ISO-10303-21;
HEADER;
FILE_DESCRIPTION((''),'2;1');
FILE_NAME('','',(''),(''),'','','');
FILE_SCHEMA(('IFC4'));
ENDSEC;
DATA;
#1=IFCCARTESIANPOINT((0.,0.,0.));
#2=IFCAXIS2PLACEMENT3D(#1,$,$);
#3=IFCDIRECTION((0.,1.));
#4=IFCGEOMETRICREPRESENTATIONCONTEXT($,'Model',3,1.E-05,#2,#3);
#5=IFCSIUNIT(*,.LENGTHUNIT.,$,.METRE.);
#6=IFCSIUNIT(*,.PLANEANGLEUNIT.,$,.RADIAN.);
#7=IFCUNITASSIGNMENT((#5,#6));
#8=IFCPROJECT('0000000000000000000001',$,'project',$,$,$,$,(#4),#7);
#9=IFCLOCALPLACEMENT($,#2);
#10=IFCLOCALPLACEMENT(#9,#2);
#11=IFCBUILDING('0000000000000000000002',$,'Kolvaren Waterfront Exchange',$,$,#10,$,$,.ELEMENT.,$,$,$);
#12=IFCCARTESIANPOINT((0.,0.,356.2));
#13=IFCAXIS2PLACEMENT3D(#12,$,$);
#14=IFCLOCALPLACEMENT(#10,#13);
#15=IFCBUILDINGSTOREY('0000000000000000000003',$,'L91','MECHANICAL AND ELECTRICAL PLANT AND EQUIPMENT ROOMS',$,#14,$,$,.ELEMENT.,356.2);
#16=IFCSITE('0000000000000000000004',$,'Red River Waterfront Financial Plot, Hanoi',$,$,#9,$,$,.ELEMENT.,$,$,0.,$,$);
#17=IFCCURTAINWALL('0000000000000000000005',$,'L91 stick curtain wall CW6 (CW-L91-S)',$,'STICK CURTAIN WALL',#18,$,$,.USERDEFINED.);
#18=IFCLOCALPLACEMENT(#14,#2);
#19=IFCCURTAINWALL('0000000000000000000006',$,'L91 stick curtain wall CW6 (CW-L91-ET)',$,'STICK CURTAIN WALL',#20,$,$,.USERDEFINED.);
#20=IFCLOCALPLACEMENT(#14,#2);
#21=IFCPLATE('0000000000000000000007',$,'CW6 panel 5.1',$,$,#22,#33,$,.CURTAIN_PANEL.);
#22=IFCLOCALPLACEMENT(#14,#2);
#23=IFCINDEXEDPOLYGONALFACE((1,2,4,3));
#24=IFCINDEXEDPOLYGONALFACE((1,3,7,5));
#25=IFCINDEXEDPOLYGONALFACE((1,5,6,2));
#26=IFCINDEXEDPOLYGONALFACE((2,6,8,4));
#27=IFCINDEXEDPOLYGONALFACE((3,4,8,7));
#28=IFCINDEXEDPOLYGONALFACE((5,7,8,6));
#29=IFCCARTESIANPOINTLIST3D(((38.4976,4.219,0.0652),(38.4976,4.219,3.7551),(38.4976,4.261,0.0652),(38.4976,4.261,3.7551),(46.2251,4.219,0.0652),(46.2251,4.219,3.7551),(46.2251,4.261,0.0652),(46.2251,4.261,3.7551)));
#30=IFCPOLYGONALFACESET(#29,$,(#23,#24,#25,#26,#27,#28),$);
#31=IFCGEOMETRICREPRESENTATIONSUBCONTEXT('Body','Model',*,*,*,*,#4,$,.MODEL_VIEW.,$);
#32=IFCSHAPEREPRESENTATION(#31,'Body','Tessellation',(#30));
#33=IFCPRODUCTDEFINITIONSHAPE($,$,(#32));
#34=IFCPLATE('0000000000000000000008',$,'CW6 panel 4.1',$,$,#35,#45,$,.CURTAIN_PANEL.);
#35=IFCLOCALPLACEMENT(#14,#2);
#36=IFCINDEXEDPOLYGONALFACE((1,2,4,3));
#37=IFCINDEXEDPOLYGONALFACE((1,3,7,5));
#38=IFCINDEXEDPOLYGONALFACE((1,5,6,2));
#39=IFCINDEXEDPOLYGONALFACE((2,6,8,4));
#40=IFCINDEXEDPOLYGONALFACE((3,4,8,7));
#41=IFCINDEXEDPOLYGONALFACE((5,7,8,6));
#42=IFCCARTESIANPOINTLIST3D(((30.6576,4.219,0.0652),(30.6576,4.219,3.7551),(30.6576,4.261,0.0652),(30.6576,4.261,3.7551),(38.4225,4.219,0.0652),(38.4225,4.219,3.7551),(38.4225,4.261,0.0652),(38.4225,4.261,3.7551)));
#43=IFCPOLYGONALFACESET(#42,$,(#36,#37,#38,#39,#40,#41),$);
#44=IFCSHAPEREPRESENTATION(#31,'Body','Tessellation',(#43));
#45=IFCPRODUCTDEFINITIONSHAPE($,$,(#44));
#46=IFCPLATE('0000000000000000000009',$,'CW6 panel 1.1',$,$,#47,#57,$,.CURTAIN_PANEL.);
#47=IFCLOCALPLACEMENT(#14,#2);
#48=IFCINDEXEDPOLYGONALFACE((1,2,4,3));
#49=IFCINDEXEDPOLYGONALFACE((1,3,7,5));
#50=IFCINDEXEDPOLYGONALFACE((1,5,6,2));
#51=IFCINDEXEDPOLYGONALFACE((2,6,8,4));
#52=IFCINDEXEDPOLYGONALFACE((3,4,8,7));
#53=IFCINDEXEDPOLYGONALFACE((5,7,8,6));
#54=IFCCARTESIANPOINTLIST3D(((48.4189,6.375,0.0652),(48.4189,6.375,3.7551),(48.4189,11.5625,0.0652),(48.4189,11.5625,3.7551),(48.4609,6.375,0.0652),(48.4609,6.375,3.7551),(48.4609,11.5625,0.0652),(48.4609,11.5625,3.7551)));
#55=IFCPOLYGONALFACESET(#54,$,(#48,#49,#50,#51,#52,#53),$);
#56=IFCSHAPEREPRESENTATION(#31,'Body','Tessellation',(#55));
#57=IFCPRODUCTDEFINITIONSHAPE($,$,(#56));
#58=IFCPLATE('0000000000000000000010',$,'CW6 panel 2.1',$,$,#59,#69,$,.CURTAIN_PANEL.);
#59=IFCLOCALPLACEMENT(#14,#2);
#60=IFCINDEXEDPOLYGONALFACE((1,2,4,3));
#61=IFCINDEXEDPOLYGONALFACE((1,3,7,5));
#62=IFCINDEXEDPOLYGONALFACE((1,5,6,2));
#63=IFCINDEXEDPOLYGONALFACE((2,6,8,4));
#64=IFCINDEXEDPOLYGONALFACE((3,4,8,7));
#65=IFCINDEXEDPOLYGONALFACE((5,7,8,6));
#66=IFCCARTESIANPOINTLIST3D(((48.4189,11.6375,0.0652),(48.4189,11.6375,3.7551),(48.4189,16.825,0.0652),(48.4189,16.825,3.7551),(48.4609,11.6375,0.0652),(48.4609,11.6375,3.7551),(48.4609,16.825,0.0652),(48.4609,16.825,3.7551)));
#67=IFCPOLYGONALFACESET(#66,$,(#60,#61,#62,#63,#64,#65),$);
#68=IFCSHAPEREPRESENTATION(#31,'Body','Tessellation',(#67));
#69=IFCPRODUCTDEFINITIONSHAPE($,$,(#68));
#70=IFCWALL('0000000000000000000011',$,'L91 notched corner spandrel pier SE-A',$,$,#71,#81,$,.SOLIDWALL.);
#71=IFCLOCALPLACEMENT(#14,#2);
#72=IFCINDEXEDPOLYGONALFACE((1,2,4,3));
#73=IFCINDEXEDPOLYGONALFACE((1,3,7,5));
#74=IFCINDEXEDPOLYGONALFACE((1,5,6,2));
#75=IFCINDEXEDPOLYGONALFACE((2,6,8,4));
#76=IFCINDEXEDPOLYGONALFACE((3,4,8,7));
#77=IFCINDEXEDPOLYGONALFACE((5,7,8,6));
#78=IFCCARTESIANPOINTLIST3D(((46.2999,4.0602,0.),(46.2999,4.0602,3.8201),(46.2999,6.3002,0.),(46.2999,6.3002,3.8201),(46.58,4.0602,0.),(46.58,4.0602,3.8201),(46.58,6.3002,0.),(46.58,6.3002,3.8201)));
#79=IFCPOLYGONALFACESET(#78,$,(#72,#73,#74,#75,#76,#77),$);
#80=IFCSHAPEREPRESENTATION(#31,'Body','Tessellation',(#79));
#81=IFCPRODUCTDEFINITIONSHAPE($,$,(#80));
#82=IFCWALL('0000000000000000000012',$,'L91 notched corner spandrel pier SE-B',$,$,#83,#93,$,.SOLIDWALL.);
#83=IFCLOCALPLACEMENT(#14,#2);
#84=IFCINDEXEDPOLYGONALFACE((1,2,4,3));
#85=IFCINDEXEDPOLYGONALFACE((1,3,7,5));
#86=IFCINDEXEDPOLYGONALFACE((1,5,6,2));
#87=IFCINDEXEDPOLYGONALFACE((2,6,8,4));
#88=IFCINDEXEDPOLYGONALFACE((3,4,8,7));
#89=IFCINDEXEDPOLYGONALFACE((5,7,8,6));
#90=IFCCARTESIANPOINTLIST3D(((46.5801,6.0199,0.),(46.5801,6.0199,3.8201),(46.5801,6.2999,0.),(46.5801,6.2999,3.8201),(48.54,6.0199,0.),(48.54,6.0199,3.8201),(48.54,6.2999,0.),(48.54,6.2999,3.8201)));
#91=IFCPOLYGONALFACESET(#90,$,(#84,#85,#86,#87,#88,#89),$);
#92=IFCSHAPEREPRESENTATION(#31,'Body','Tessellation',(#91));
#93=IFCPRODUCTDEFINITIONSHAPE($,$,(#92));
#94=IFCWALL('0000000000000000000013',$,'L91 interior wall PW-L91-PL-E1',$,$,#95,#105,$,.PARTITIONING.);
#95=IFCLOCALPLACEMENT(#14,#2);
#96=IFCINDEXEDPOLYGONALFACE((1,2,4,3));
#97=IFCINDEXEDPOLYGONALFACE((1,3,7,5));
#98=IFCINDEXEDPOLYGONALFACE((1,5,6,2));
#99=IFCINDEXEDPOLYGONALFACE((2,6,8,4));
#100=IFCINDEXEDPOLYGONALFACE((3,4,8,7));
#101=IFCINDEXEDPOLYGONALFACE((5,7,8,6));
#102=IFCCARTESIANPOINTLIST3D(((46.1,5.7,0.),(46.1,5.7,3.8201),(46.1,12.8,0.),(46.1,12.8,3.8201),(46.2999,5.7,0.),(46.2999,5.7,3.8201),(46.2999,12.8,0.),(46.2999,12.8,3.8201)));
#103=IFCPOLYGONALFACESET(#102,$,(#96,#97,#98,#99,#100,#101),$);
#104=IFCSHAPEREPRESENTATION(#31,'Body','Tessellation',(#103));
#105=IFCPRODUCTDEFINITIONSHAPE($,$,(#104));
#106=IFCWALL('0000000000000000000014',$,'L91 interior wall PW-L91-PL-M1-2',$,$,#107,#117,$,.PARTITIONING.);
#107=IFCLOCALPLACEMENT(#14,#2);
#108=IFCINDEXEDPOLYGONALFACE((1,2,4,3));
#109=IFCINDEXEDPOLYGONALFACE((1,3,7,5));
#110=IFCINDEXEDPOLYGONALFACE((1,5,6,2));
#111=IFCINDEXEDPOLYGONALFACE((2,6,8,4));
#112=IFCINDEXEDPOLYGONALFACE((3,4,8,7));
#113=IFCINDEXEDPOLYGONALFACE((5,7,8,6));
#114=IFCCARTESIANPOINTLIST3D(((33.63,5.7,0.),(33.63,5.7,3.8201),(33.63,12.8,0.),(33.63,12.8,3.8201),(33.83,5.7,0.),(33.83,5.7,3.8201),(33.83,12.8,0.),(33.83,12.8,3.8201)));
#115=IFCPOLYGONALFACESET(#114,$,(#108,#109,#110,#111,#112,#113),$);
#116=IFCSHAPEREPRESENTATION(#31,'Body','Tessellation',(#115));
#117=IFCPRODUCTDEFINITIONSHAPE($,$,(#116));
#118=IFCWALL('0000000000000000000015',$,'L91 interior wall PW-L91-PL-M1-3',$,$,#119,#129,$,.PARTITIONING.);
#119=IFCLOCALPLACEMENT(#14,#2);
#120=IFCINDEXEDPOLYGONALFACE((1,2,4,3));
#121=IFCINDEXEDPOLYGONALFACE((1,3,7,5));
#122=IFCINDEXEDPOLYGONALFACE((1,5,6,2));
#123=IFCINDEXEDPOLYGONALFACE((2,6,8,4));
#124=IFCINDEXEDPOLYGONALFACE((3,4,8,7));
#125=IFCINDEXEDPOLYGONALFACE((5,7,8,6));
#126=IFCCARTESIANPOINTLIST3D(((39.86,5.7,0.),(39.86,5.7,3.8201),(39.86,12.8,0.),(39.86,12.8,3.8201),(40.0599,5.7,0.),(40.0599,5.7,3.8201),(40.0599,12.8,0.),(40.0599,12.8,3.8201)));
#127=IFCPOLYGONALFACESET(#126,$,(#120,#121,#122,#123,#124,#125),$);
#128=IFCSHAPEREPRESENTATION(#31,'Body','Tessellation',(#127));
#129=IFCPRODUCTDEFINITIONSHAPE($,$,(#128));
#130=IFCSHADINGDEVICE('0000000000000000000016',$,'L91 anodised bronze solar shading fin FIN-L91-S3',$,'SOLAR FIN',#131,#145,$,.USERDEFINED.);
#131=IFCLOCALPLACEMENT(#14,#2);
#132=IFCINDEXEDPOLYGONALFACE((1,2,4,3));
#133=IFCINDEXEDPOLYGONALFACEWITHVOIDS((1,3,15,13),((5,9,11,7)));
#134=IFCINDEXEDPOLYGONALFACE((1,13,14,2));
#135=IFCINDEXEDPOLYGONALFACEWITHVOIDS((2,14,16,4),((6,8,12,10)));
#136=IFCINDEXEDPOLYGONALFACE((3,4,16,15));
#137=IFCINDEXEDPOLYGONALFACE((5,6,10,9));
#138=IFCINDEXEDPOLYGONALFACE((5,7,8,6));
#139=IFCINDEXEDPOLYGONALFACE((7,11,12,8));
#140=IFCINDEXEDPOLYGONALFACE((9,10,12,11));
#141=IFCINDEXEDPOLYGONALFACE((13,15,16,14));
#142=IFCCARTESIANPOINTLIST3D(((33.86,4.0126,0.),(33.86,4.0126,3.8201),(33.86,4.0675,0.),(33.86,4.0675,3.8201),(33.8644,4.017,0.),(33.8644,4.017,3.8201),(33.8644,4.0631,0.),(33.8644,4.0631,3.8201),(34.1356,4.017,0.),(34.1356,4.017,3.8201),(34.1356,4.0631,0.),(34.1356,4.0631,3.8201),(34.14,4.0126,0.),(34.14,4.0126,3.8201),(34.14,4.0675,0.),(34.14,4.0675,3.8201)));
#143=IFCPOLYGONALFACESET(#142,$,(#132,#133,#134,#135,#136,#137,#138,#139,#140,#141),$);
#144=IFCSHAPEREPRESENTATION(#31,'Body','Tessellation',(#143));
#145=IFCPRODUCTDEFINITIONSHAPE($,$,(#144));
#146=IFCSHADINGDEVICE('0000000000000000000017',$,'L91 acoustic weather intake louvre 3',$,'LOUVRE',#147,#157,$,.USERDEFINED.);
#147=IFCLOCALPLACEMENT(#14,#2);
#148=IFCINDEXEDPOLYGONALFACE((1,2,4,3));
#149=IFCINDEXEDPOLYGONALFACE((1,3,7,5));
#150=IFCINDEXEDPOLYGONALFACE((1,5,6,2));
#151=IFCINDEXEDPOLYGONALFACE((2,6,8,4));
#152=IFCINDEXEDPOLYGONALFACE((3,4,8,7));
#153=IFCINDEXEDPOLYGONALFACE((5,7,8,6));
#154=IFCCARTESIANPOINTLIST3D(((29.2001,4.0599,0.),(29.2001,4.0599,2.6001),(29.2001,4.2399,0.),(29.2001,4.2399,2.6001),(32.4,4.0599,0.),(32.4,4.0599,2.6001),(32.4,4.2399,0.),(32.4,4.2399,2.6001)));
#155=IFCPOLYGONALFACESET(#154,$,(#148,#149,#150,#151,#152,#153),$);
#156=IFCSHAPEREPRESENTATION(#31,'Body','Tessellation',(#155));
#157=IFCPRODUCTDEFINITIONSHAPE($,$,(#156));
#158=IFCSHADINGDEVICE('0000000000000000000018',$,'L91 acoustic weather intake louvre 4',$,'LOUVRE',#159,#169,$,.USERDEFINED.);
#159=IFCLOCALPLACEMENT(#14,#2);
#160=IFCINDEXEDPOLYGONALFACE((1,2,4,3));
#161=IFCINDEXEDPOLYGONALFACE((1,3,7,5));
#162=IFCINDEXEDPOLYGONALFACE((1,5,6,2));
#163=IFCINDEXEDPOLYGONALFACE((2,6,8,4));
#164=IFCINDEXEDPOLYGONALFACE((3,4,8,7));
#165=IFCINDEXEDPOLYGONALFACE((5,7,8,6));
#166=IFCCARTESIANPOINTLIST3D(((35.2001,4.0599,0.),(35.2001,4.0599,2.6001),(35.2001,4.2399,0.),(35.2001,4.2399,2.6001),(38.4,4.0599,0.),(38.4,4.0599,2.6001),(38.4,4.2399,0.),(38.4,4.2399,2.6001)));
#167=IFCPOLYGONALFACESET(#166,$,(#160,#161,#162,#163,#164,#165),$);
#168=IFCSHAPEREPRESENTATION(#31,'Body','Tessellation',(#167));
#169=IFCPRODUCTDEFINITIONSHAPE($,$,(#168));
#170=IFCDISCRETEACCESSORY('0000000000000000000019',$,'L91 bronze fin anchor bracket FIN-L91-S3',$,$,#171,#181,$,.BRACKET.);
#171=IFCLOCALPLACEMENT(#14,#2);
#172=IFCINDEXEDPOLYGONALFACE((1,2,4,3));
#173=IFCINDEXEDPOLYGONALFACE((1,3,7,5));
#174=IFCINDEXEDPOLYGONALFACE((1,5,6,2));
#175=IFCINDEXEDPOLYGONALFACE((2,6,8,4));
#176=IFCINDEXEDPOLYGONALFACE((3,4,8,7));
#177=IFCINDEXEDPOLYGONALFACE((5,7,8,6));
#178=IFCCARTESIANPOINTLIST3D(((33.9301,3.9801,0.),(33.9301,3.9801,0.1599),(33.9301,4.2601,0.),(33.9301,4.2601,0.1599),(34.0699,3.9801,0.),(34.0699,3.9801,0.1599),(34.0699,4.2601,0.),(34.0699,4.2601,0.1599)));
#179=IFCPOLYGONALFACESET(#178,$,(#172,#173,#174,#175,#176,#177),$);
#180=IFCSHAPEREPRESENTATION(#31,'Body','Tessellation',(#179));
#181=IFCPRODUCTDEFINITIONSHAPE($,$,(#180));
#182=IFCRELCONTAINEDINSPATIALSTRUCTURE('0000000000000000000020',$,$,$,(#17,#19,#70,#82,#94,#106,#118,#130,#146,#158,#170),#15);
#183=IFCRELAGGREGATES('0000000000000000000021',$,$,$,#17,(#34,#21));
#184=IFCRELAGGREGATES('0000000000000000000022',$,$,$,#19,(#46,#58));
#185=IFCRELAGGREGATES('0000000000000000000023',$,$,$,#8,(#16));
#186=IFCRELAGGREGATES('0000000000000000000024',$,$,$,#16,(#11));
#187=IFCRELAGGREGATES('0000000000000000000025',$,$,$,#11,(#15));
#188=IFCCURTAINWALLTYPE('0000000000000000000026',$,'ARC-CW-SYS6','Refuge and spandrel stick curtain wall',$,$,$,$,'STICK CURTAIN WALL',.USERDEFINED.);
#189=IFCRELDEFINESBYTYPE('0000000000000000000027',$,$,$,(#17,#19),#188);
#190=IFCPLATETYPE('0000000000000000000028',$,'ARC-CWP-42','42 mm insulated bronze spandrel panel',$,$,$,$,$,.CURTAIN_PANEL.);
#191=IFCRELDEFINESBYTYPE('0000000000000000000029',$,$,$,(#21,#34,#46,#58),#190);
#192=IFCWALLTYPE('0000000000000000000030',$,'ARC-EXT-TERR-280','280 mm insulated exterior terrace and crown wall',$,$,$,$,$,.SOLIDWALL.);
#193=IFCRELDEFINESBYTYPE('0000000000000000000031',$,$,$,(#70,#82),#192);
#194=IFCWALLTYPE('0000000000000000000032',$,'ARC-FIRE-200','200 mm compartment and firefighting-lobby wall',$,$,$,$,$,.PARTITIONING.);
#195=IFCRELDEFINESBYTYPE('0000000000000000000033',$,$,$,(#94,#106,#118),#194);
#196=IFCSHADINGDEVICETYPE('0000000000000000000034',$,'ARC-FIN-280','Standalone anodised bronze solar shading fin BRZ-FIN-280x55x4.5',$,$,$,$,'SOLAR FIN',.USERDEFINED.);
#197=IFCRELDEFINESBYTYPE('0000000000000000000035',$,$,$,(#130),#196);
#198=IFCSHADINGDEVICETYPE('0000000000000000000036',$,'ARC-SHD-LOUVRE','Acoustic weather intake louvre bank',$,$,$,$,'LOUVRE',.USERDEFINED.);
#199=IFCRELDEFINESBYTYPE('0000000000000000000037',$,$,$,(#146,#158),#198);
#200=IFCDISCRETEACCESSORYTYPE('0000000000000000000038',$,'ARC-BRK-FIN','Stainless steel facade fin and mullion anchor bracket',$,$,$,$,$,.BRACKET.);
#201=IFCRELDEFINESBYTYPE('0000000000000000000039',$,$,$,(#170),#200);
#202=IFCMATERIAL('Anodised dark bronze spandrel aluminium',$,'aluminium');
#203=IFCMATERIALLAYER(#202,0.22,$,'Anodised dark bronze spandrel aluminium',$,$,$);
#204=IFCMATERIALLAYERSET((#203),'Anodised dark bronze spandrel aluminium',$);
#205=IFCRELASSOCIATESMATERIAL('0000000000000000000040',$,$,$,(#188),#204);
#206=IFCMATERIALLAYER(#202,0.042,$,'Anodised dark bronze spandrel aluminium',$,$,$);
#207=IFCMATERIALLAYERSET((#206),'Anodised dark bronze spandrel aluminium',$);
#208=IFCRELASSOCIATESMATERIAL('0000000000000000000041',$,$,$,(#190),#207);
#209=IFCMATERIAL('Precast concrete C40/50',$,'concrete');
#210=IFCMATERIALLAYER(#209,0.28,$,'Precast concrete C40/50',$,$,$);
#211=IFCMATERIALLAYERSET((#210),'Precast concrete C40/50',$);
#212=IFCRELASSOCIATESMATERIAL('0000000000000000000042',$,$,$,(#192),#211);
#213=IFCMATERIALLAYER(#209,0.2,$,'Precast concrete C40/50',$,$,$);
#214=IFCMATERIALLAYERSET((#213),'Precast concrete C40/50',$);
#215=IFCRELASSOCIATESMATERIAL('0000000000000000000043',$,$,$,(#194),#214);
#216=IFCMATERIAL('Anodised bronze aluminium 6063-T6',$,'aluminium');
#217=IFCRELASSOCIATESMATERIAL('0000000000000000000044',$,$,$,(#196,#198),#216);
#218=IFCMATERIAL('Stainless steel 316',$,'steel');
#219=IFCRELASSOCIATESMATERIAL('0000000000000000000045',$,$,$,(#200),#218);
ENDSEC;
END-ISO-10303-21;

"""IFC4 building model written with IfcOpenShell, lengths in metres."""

from ifc_helpers import new_model, si_unit, direction, frame, frame_2d, origin, origin_with_axes, origin_2d, place, context, subcontext, project, spatial, rectangle, hollow_rectangle, extrude, source, transform, mapped, material, layer, layer_set, material_profile, profile_set, type_object, element, aggregate, save


model = new_model("IFC4")

# Units and contexts
model_context = context("Model", 3, precision=1e-05, world=origin(), true_north=direction((0.0, 1.0)))
body_context = subcontext(model_context, "Body", "Model", "MODEL_VIEW")
ifc_project = project(units=[si_unit("LENGTHUNIT", "METRE"), si_unit("PLANEANGLEUNIT", "RADIAN")], contexts=[model_context])

# Site, building, storey
site_placement = place(None, origin())
site = spatial("IfcSite", under=ifc_project, at=site_placement, Name="Red River Waterfront Financial Plot, Hanoi", CompositionType="ELEMENT", RefElevation=0.0)
building_placement = place(site_placement, origin())
building = spatial("IfcBuilding", under=site, at=building_placement, Name="Kolvaren Waterfront Exchange", CompositionType="ELEMENT")
storey_placement = place(building_placement, frame((0.0, 0.0, 356.2)))
storey = spatial("IfcBuildingStorey", under=building, at=storey_placement, Name="L91", Description="MECHANICAL AND ELECTRICAL PLANT AND EQUIPMENT ROOMS", CompositionType="ELEMENT", Elevation=356.2)

# Curtain walls
ifc_material_1 = material(Name="Anodised dark bronze spandrel aluminium", Category="aluminium")
ifc_layer_1 = layer(ifc_material_1, 0.22, Name="Anodised dark bronze spandrel aluminium")
ifc_layer_set_1 = layer_set([ifc_layer_1], Name="Anodised dark bronze spandrel aluminium")
curtain_wall_type = type_object("IfcCurtainWallType", Name="ARC-CW-SYS6", Description="Refuge and spandrel stick curtain wall", ElementType="STICK CURTAIN WALL", PredefinedType="USERDEFINED", material=ifc_layer_set_1)
curtain_wall_1_placement = place(storey_placement, origin())
curtain_wall_1 = element("IfcCurtainWall", 1, at=curtain_wall_1_placement, inside=storey, type_object=curtain_wall_type, Name="L91 stick curtain wall CW6 (CW-L91-S)", ObjectType="STICK CURTAIN WALL", PredefinedType="USERDEFINED")
ifc_material_2 = material(Name="Anodised bronze aluminium 6063-T6", Category="aluminium")
curtain_wall_2_placement = place(storey_placement, origin())
curtain_wall_2 = element("IfcCurtainWall", 2, at=curtain_wall_2_placement, inside=storey, type_object=curtain_wall_type, Name="L91 stick curtain wall CW6 (CW-L91-ET)", ObjectType="STICK CURTAIN WALL", PredefinedType="USERDEFINED")

# Plates
ifc_layer_2 = layer(ifc_material_1, 0.042, Name="Anodised dark bronze spandrel aluminium")
ifc_layer_set_2 = layer_set([ifc_layer_2], Name="Anodised dark bronze spandrel aluminium")
plate_type = type_object("IfcPlateType", Name="ARC-CWP-42", Description="42 mm insulated bronze spandrel panel", PredefinedType="CURTAIN_PANEL", material=ifc_layer_set_2)
shared_shape_1 = source(origin_with_axes(), body_context, "Body", "SweptSolid", [
    extrude(rectangle(XDim=7.7275, YDim=0.042, at=origin_2d()), origin(), (0.0, 0.0, 1.0), 3.6899),
])
plate_1_placement = place(storey_placement, frame((42.3613, 4.24, 0.0652), z_axis=(0.0, 0.0, 1.0), x_axis=(1.0, 0.0, 0.0)))
plate_1 = element("IfcPlate", 3, at=plate_1_placement, type_object=plate_type, Name="CW6 panel 5.1", PredefinedType="CURTAIN_PANEL", context=body_context, shape_type="MappedRepresentation", body=[
    mapped(shared_shape_1, transform((0.0, 0.0, 0.0), x_axis=(1.0, 0.0, 0.0), y_axis=(0.0, 1.0, 0.0), z_axis=(0.0, 0.0, 1.0), scale=1.0)),
])
shared_shape_2 = source(origin_with_axes(), body_context, "Body", "SweptSolid", [
    extrude(rectangle(XDim=7.7649, YDim=0.042, at=origin_2d()), origin(), (0.0, 0.0, 1.0), 3.6899),
])
plate_2_placement = place(storey_placement, frame((34.54, 4.24, 0.0652), z_axis=(0.0, 0.0, 1.0), x_axis=(1.0, 0.0, 0.0)))
plate_2 = element("IfcPlate", 4, at=plate_2_placement, type_object=plate_type, Name="CW6 panel 4.1", PredefinedType="CURTAIN_PANEL", context=body_context, shape_type="MappedRepresentation", body=[
    mapped(shared_shape_2, transform((0.0, 0.0, 0.0), x_axis=(1.0, 0.0, 0.0), y_axis=(0.0, 1.0, 0.0), z_axis=(0.0, 0.0, 1.0), scale=1.0)),
])
aggregate(curtain_wall_1, [plate_2, plate_1])
shared_shape_3 = source(origin_with_axes(), body_context, "Body", "SweptSolid", [
    extrude(rectangle(XDim=5.1875, YDim=0.042, at=origin_2d()), origin(), (0.0, 0.0, 1.0), 3.6899),
])
plate_3_placement = place(storey_placement, frame((48.4399, 8.9688, 0.0652), z_axis=(0.0, 0.0, 1.0), x_axis=(0.0, 1.0, 0.0)))
plate_3 = element("IfcPlate", 5, at=plate_3_placement, type_object=plate_type, Name="CW6 panel 1.1", PredefinedType="CURTAIN_PANEL", context=body_context, shape_type="MappedRepresentation", body=[
    mapped(shared_shape_3, transform((0.0, 0.0, 0.0), x_axis=(1.0, 0.0, 0.0), y_axis=(0.0, 1.0, 0.0), z_axis=(0.0, 0.0, 1.0), scale=1.0)),
])
plate_4_placement = place(storey_placement, frame((48.4399, 14.2312, 0.0652), z_axis=(0.0, 0.0, 1.0), x_axis=(0.0, 1.0, 0.0)))
plate_4 = element("IfcPlate", 6, at=plate_4_placement, type_object=plate_type, Name="CW6 panel 2.1", PredefinedType="CURTAIN_PANEL", context=body_context, shape_type="MappedRepresentation", body=[
    mapped(shared_shape_3, transform((0.0, 0.0, 0.0), x_axis=(1.0, 0.0, 0.0), y_axis=(0.0, 1.0, 0.0), z_axis=(0.0, 0.0, 1.0), scale=1.0)),
])
aggregate(curtain_wall_2, [plate_3, plate_4])

# Walls
ifc_material_3 = material(Name="Precast concrete C40/50", Category="concrete")
ifc_layer_3 = layer(ifc_material_3, 0.28, Name="Precast concrete C40/50")
ifc_layer_set_3 = layer_set([ifc_layer_3], Name="Precast concrete C40/50")
wall_type_1 = type_object("IfcWallType", Name="ARC-EXT-TERR-280", Description="280 mm insulated exterior terrace and crown wall", PredefinedType="SOLIDWALL", material=ifc_layer_set_3)
wall_1_placement = place(storey_placement, frame((46.4399, 4.0601, 0.0), z_axis=(0.0, 0.0, 1.0), x_axis=(0.0, 1.0, 0.0)))
element("IfcWall", 7, at=wall_1_placement, inside=storey, type_object=wall_type_1, Name="L91 notched corner spandrel pier SE-A", PredefinedType="SOLIDWALL", context=body_context, shape_type="SweptSolid", body=[
    extrude(rectangle(XDim=2.24, YDim=0.28, at=frame_2d((1.1201, 0.0))), origin(), (0.0, 0.0, 1.0), 3.8201),
])
wall_2_placement = place(storey_placement, frame((46.5801, 6.1599, 0.0), z_axis=(0.0, 0.0, 1.0), x_axis=(1.0, 0.0, 0.0)))
element("IfcWall", 8, at=wall_2_placement, inside=storey, type_object=wall_type_1, Name="L91 notched corner spandrel pier SE-B", PredefinedType="SOLIDWALL", context=body_context, shape_type="SweptSolid", body=[
    extrude(rectangle(XDim=1.96, YDim=0.28, at=frame_2d((0.98, 0.0))), origin(), (0.0, 0.0, 1.0), 3.8201),
])
ifc_layer_4 = layer(ifc_material_3, 0.2, Name="Precast concrete C40/50")
ifc_layer_set_4 = layer_set([ifc_layer_4], Name="Precast concrete C40/50")
wall_type_2 = type_object("IfcWallType", Name="ARC-FIRE-200", Description="200 mm compartment and firefighting-lobby wall", PredefinedType="PARTITIONING", material=ifc_layer_set_4)
for number, where, z_axis, x_axis, name in (
    (9, (46.2, 5.7, 0.0), (0.0, 0.0, 1.0), (0.0, 1.0, 0.0), "L91 interior wall PW-L91-PL-E1"),
    (10, (33.73, 5.7, 0.0), (0.0, 0.0, 1.0), (0.0, 1.0, 0.0), "L91 interior wall PW-L91-PL-M1-2"),
    (11, (39.96, 5.7, 0.0), (0.0, 0.0, 1.0), (0.0, 1.0, 0.0), "L91 interior wall PW-L91-PL-M1-3"),
):
    element("IfcWall", number, at=place(storey_placement, frame(where, z_axis=z_axis, x_axis=x_axis)), inside=storey, type_object=wall_type_2, Name=name, PredefinedType="PARTITIONING", context=body_context, shape_type="SweptSolid", body=[
        extrude(rectangle(XDim=7.1001, YDim=0.2, at=frame_2d((3.55, 0.0))), origin(), (0.0, 0.0, 1.0), 3.8201),
    ])

# Shading devices
ifc_material_profile_1 = material_profile(ifc_material_2, hollow_rectangle(XDim=0.0549, YDim=0.28, WallThickness=0.0044, at=origin_2d()), Name="BRZ-FIN-280x55x4.5")
ifc_profile_set_1 = profile_set([ifc_material_profile_1], Name="Anodised bronze aluminium 6063-T6")
shading_device_type_1 = type_object("IfcShadingDeviceType", Name="ARC-FIN-280", Description="Standalone anodised bronze solar shading fin BRZ-FIN-280x55x4.5", ElementType="SOLAR FIN", PredefinedType="USERDEFINED", material=ifc_profile_set_1)
shading_device_placement = place(storey_placement, frame((34.0, 4.04, 0.0), z_axis=(0.0, 0.0, 1.0), x_axis=(0.0, -1.0, 0.0)))
element("IfcShadingDevice", 12, at=shading_device_placement, inside=storey, type_object=shading_device_type_1, Name="L91 anodised bronze solar shading fin FIN-L91-S3", ObjectType="SOLAR FIN", PredefinedType="USERDEFINED", context=body_context, shape_type="SweptSolid", body=[
    extrude(hollow_rectangle(XDim=0.0549, YDim=0.28, WallThickness=0.0044, at=origin_2d()), origin(), (0.0, 0.0, 1.0), 3.8201),
])
shading_device_type_2 = type_object("IfcShadingDeviceType", Name="ARC-SHD-LOUVRE", Description="Acoustic weather intake louvre bank", ElementType="LOUVRE", PredefinedType="USERDEFINED", material=ifc_material_2)
shared_shape_4 = source(origin_with_axes(), body_context, "Body", "SweptSolid", [
    extrude(rectangle(XDim=3.2, YDim=0.1799, at=origin_2d()), origin(), (0.0, 0.0, 1.0), 2.6001),
])
for number, where, z_axis, x_axis, name in (
    (13, (30.8, 4.1499, 0.0), (0.0, 0.0, 1.0), (1.0, 0.0, 0.0), "L91 acoustic weather intake louvre 3"),
    (14, (36.8, 4.1499, 0.0), (0.0, 0.0, 1.0), (1.0, 0.0, 0.0), "L91 acoustic weather intake louvre 4"),
):
    element("IfcShadingDevice", number, at=place(storey_placement, frame(where, z_axis=z_axis, x_axis=x_axis)), inside=storey, type_object=shading_device_type_2, Name=name, ObjectType="LOUVRE", PredefinedType="USERDEFINED", context=body_context, shape_type="MappedRepresentation", body=[
        mapped(shared_shape_4, transform((0.0, 0.0, 0.0), x_axis=(1.0, 0.0, 0.0), y_axis=(0.0, 1.0, 0.0), z_axis=(0.0, 0.0, 1.0), scale=1.0)),
    ])

# Discrete accessory
ifc_material_4 = material(Name="Stainless steel 316", Category="steel")
discrete_accessory_type = type_object("IfcDiscreteAccessoryType", Name="ARC-BRK-FIN", Description="Stainless steel facade fin and mullion anchor bracket", PredefinedType="BRACKET", material=ifc_material_4)
shared_shape_5 = source(origin_with_axes(), body_context, "Body", "SweptSolid", [
    extrude(rectangle(XDim=0.28, YDim=0.1399, at=origin_2d()), origin(), (0.0, 0.0, 1.0), 0.1599),
])
discrete_accessory_placement = place(storey_placement, frame((34.0, 4.1201, 0.0), z_axis=(0.0, 0.0, 1.0), x_axis=(0.0, -1.0, 0.0)))
element("IfcDiscreteAccessory", 15, at=discrete_accessory_placement, inside=storey, type_object=discrete_accessory_type, Name="L91 bronze fin anchor bracket FIN-L91-S3", PredefinedType="BRACKET", context=body_context, shape_type="MappedRepresentation", body=[
    mapped(shared_shape_5, transform((0.0, 0.0, 0.0), x_axis=(1.0, 0.0, 0.0), y_axis=(0.0, 1.0, 0.0), z_axis=(0.0, 0.0, 1.0), scale=1.0)),
])

save(model, "model.ifc")
